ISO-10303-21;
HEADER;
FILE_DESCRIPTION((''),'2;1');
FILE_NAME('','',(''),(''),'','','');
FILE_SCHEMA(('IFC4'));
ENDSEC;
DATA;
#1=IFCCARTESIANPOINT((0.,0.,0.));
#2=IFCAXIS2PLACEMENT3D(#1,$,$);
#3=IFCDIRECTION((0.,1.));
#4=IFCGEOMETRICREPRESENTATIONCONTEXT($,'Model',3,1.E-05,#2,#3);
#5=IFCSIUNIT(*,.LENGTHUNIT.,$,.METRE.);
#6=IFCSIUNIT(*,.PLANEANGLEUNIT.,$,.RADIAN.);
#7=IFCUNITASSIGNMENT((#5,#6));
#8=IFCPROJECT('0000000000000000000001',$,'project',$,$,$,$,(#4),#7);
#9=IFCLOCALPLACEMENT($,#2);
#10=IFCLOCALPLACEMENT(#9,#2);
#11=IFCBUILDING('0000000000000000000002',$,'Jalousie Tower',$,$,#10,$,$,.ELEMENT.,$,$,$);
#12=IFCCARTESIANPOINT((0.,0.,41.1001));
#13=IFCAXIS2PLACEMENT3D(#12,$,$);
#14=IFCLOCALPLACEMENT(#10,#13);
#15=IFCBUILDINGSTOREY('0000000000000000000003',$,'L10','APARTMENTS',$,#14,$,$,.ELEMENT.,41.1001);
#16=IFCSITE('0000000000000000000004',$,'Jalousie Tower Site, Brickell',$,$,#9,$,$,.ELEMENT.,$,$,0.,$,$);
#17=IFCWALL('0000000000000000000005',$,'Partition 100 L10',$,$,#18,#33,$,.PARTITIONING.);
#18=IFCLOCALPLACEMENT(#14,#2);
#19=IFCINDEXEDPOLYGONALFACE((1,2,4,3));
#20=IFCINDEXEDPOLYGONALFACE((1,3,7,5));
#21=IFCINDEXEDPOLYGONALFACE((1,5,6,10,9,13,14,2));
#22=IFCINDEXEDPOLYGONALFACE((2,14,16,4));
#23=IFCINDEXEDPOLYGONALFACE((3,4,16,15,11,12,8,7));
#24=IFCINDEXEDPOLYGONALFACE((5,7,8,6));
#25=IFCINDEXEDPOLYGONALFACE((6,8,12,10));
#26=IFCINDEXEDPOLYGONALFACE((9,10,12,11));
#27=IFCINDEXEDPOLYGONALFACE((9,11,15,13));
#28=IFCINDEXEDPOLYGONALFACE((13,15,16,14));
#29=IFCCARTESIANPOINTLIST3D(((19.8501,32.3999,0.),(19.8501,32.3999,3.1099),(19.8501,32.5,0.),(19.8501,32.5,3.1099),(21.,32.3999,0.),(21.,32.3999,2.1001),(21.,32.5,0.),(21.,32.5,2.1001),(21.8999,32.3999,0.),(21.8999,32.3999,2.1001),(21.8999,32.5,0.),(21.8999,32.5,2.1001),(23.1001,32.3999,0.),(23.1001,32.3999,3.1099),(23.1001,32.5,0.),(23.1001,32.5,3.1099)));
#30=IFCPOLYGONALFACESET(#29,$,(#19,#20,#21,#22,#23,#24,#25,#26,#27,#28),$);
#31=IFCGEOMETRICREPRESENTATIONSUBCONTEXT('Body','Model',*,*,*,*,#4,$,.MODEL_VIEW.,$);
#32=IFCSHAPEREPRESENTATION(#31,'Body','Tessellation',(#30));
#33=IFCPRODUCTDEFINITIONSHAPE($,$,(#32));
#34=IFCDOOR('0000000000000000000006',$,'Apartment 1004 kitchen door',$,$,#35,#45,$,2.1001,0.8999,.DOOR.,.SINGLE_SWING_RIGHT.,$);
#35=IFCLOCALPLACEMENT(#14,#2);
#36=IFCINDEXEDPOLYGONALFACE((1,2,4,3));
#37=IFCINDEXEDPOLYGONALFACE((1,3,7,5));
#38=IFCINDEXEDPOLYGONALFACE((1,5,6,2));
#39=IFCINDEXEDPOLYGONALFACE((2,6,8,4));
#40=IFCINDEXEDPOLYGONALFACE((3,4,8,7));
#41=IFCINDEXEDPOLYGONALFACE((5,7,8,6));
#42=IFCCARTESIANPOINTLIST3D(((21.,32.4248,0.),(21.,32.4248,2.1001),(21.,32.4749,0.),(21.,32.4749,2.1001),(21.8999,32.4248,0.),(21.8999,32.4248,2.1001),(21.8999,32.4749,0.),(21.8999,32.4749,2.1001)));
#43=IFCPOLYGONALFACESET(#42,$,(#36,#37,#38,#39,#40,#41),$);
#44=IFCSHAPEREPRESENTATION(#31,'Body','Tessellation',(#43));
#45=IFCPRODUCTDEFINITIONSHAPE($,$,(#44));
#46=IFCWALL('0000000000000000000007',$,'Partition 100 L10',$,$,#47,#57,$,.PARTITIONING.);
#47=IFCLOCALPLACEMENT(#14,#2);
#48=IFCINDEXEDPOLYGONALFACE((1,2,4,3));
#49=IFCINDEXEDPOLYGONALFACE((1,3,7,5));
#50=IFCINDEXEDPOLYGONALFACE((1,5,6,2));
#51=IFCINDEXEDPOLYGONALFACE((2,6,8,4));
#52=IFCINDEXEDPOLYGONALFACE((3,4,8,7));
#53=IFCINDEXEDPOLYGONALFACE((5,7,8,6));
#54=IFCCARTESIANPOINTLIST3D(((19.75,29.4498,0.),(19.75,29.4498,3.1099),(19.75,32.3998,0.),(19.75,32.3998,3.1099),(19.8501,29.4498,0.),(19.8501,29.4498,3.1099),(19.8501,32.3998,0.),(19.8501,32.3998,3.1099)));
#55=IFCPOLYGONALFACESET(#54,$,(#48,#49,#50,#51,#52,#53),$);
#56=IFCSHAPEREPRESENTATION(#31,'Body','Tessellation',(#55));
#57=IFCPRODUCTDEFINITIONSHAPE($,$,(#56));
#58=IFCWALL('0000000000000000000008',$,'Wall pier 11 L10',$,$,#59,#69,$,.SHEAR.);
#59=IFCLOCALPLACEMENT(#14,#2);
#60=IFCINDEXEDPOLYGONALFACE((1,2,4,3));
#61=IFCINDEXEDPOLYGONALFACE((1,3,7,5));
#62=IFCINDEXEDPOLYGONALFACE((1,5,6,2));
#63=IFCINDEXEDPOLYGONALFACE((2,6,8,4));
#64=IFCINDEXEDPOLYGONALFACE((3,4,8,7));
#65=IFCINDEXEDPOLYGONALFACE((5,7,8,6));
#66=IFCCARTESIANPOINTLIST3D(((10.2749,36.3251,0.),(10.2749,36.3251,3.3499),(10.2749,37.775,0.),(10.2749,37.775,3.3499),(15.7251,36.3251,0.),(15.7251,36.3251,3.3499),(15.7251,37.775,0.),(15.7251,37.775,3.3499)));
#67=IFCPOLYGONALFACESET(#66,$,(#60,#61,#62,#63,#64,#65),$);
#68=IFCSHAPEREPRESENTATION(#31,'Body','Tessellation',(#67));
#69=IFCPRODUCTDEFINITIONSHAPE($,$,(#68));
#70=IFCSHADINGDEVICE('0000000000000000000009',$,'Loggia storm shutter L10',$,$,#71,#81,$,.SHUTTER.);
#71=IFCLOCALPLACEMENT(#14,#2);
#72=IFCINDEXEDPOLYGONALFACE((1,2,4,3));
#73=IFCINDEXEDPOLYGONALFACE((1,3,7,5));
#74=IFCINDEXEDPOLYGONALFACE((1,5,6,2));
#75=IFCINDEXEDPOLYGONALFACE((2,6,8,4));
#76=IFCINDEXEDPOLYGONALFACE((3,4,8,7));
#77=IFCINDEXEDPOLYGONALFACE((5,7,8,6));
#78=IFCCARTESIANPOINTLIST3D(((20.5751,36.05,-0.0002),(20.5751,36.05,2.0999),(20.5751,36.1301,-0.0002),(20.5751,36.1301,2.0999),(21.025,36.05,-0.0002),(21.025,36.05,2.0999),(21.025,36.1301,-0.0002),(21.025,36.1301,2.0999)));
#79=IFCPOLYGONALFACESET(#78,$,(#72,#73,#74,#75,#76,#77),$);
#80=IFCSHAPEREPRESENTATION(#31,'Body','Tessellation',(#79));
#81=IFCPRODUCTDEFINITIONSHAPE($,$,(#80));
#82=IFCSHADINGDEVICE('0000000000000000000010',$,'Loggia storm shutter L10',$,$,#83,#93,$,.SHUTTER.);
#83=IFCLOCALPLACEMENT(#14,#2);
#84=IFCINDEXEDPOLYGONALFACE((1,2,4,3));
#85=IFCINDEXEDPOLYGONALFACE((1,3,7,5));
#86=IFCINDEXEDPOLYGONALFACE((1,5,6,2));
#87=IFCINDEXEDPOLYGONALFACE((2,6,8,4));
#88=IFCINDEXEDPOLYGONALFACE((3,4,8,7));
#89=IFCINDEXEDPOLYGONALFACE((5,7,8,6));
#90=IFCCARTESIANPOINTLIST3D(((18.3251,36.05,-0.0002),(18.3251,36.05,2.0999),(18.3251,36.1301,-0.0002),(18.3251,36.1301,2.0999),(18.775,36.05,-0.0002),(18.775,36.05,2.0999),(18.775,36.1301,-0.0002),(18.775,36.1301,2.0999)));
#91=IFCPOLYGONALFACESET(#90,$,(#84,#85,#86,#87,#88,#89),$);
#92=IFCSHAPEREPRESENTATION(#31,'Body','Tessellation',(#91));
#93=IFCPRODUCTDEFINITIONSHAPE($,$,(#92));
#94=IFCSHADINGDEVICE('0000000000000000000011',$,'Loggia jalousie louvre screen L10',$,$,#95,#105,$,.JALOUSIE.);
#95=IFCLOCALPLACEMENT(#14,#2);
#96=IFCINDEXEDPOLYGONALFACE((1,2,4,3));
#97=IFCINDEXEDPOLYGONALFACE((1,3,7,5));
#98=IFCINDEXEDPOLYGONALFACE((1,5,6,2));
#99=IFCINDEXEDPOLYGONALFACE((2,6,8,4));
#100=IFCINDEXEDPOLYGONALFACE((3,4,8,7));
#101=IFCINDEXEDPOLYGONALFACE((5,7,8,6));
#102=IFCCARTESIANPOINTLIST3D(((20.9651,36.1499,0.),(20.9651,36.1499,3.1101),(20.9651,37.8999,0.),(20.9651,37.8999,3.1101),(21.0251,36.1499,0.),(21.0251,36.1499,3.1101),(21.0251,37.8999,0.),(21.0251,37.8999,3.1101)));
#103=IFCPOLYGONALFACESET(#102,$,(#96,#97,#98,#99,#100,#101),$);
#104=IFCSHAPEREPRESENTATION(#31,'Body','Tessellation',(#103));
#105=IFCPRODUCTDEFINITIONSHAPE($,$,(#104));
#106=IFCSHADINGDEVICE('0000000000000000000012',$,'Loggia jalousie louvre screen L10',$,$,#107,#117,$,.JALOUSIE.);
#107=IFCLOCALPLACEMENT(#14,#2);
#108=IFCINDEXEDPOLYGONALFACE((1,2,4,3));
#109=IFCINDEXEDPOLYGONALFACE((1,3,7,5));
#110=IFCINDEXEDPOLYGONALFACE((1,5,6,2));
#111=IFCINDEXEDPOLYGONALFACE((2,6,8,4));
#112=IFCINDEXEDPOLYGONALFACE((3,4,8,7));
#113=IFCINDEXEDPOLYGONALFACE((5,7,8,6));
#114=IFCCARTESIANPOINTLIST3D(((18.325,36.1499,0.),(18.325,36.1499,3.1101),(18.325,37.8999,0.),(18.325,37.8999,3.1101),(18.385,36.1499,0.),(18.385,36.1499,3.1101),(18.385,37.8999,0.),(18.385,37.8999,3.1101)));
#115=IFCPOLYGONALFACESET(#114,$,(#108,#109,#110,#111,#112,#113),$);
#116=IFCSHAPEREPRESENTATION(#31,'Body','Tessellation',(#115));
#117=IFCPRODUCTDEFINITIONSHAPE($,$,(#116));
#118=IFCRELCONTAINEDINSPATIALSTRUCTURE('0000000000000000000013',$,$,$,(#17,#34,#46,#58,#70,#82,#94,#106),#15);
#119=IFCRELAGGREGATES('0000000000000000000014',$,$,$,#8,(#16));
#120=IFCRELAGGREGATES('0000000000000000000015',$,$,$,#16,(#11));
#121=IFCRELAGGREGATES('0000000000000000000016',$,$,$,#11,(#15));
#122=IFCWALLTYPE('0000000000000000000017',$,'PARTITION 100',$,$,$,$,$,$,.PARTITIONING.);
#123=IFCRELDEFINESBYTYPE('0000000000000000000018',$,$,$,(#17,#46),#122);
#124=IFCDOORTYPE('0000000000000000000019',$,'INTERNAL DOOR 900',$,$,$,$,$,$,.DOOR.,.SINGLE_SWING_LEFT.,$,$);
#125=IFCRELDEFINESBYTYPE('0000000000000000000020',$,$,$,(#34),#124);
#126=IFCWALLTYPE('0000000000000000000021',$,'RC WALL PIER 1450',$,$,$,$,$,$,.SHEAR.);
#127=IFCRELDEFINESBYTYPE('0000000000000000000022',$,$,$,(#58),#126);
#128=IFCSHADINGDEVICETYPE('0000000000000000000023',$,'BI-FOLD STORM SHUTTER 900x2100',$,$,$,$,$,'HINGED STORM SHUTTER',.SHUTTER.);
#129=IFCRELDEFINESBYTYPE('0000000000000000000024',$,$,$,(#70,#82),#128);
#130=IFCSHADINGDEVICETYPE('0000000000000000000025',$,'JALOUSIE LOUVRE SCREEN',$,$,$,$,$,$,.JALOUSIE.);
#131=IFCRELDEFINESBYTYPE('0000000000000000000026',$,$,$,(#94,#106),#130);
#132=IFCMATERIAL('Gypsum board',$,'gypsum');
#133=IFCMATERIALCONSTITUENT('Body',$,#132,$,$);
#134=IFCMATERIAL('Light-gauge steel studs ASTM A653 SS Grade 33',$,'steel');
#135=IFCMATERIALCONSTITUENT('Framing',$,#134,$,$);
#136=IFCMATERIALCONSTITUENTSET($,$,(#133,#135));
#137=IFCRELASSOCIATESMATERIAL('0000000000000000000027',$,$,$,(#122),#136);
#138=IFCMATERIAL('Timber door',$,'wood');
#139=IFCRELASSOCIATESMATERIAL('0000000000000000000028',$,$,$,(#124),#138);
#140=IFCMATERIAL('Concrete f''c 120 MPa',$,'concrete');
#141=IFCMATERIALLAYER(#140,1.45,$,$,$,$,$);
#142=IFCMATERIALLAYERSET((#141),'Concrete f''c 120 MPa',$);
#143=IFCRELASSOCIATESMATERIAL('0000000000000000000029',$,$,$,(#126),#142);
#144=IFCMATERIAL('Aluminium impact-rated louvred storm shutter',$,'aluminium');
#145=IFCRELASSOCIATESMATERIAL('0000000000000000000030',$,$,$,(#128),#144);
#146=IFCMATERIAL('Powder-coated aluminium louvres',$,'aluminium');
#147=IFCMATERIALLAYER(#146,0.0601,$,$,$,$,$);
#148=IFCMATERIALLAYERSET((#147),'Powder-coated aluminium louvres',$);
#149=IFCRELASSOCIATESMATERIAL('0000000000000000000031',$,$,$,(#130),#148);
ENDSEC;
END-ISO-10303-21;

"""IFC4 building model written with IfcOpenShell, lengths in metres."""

from ifc_helpers import new_model, si_unit, direction, frame, frame_2d, origin, origin_2d, place, context, subcontext, project, spatial, rectangle, extrude, material, layer, layer_set, constituent, constituent_set, type_object, element, fill, save


model = new_model("IFC4")

# Units and contexts
model_context = context("Model", 3, precision=1e-05, world=origin(), true_north=direction((0.0, 1.0)))
body_context = subcontext(model_context, "Body", "Model", "MODEL_VIEW")
ifc_project = project(units=[si_unit("LENGTHUNIT", "METRE"), si_unit("PLANEANGLEUNIT", "RADIAN")], contexts=[model_context])

# Site, building, storey
site_placement = place(None, origin())
site = spatial("IfcSite", under=ifc_project, at=site_placement, Name="Jalousie Tower Site, Brickell", CompositionType="ELEMENT", RefElevation=0.0)
building_placement = place(site_placement, origin())
building = spatial("IfcBuilding", under=site, at=building_placement, Name="Jalousie Tower", CompositionType="ELEMENT")
storey_placement = place(building_placement, frame((0.0, 0.0, 41.1001)))
storey = spatial("IfcBuildingStorey", under=building, at=storey_placement, Name="L10", Description="APARTMENTS", CompositionType="ELEMENT", Elevation=41.1001)

# Wall, opening, door
ifc_material_1 = material(Name="Gypsum board", Category="gypsum")
ifc_constituent_1 = constituent(ifc_material_1, Name="Body")
ifc_material_2 = material(Name="Light-gauge steel studs ASTM A653 SS Grade 33", Category="steel")
ifc_constituent_2 = constituent(ifc_material_2, Name="Framing")
ifc_constituent_set_1 = constituent_set(constituents=[ifc_constituent_1, ifc_constituent_2])
wall_type_1 = type_object("IfcWallType", Name="PARTITION 100", PredefinedType="PARTITIONING", material=ifc_constituent_set_1)
wall_1_placement = place(storey_placement, frame((19.8501, 32.45, 0.0), z_axis=(0.0, 0.0, 1.0), x_axis=(1.0, 0.0, 0.0)))
wall_1 = element("IfcWall", 1, at=wall_1_placement, inside=storey, type_object=wall_type_1, Name="Partition 100 L10", PredefinedType="PARTITIONING", context=body_context, shape_type="SweptSolid", body=[
    extrude(rectangle(XDim=3.25, YDim=0.1001, at=frame_2d((1.625, 0.0))), origin(), (0.0, 0.0, 1.0), 3.1099),
])
opening_1_placement = place(wall_1_placement, frame((1.1499, 0.0, 0.0)))
opening_1 = element("IfcOpeningElement", 2, at=opening_1_placement, cuts=wall_1, PredefinedType="OPENING", context=body_context, shape_type="SweptSolid", body=[
    extrude(rectangle(XDim=0.8999, YDim=2.1001, at=frame_2d((0.45, 1.05))), frame((0.0, 0.0601, 0.0), z_axis=(0.0, -1.0, 0.0), x_axis=(1.0, 0.0, 0.0)), (0.0, 0.0, 1.0), 0.1201),
])
ifc_material_3 = material(Name="Timber door", Category="wood")
door_type_1 = type_object("IfcDoorType", Name="INTERNAL DOOR 900", OperationType="SINGLE_SWING_LEFT", PredefinedType="DOOR", material=ifc_material_3)
door_1_placement = place(opening_1_placement, origin())
door_1 = element("IfcDoor", 3, at=door_1_placement, inside=storey, type_object=door_type_1, Name="Apartment 1004 kitchen door", OperationType="SINGLE_SWING_RIGHT", OverallHeight=2.1001, OverallWidth=0.8999, PredefinedType="DOOR", context=body_context, shape_type="SweptSolid", body=[
    extrude(rectangle(XDim=0.8999, YDim=2.1001, at=frame_2d((0.45, 1.05))), frame((0.0, 0.0249, 0.0), z_axis=(0.0, -1.0, 0.0), x_axis=(1.0, 0.0, 0.0)), (0.0, 0.0, 1.0), 0.05),
])
fill(opening_1, door_1)

# Walls
wall_2_placement = place(storey_placement, frame((19.8, 32.3999, 0.0), z_axis=(0.0, 0.0, 1.0), x_axis=(0.0, -1.0, 0.0)))
element("IfcWall", 4, at=wall_2_placement, inside=storey, type_object=wall_type_1, Name="Partition 100 L10", PredefinedType="PARTITIONING", context=body_context, shape_type="SweptSolid", body=[
    extrude(rectangle(XDim=2.95, YDim=0.1001, at=frame_2d((1.4751, 0.0))), origin(), (0.0, 0.0, 1.0), 3.1099),
])
ifc_material_4 = material(Name="Concrete f'c 120 MPa", Category="concrete")
ifc_layer_1 = layer(ifc_material_4, 1.45)
ifc_layer_set_1 = layer_set([ifc_layer_1], Name="Concrete f'c 120 MPa")
wall_type_2 = type_object("IfcWallType", Name="RC WALL PIER 1450", PredefinedType="SHEAR", material=ifc_layer_set_1)
wall_3_placement = place(storey_placement, frame((10.2749, 37.05, 0.0), z_axis=(0.0, 0.0, 1.0), x_axis=(1.0, 0.0, 0.0)))
element("IfcWall", 5, at=wall_3_placement, inside=storey, type_object=wall_type_2, Name="Wall pier 11 L10", PredefinedType="SHEAR", context=body_context, shape_type="SweptSolid", body=[
    extrude(rectangle(XDim=5.4502, YDim=1.45, at=frame_2d((2.7251, 0.0))), origin(), (0.0, 0.0, 1.0), 3.3499),
])

# Shading devices
ifc_material_5 = material(Name="Aluminium impact-rated louvred storm shutter", Category="aluminium")
shading_device_type_1 = type_object("IfcShadingDeviceType", Name="BI-FOLD STORM SHUTTER 900x2100", ElementType="HINGED STORM SHUTTER", PredefinedType="SHUTTER", material=ifc_material_5)
for number, where, z_axis, x_axis, name in (
    (6, (20.8, 36.0901, -0.0002), (0.0, 0.0, 1.0), (-1.0, 0.0, 0.0), "Loggia storm shutter L10"),
    (7, (18.55, 36.0901, -0.0002), (0.0, 0.0, 1.0), (-1.0, 0.0, 0.0), "Loggia storm shutter L10"),
):
    element("IfcShadingDevice", number, at=place(storey_placement, frame(where, z_axis=z_axis, x_axis=x_axis)), inside=storey, type_object=shading_device_type_1, Name=name, PredefinedType="SHUTTER", context=body_context, shape_type="SweptSolid", body=[
        extrude(rectangle(XDim=0.45, YDim=0.0801, at=origin_2d()), origin(), (0.0, 0.0, 1.0), 2.1001),
    ])
ifc_material_6 = material(Name="Powder-coated aluminium louvres", Category="aluminium")
ifc_layer_2 = layer(ifc_material_6, 0.0601)
ifc_layer_set_2 = layer_set([ifc_layer_2], Name="Powder-coated aluminium louvres")
shading_device_type_2 = type_object("IfcShadingDeviceType", Name="JALOUSIE LOUVRE SCREEN", PredefinedType="JALOUSIE", material=ifc_layer_set_2)
for number, where, z_axis, x_axis, name in (
    (8, (20.9951, 37.0249, 0.0), (0.0, 0.0, 1.0), (-1.0, 0.0, 0.0), "Loggia jalousie louvre screen L10"),
    (9, (18.355, 37.0249, 0.0), (0.0, 0.0, 1.0), (-1.0, 0.0, 0.0), "Loggia jalousie louvre screen L10"),
):
    element("IfcShadingDevice", number, at=place(storey_placement, frame(where, z_axis=z_axis, x_axis=x_axis)), inside=storey, type_object=shading_device_type_2, Name=name, PredefinedType="JALOUSIE", context=body_context, shape_type="SweptSolid", body=[
        extrude(rectangle(XDim=0.0601, YDim=1.75, at=origin_2d()), origin(), (0.0, 0.0, 1.0), 3.1101),
    ])

save(model, "model.ifc")
